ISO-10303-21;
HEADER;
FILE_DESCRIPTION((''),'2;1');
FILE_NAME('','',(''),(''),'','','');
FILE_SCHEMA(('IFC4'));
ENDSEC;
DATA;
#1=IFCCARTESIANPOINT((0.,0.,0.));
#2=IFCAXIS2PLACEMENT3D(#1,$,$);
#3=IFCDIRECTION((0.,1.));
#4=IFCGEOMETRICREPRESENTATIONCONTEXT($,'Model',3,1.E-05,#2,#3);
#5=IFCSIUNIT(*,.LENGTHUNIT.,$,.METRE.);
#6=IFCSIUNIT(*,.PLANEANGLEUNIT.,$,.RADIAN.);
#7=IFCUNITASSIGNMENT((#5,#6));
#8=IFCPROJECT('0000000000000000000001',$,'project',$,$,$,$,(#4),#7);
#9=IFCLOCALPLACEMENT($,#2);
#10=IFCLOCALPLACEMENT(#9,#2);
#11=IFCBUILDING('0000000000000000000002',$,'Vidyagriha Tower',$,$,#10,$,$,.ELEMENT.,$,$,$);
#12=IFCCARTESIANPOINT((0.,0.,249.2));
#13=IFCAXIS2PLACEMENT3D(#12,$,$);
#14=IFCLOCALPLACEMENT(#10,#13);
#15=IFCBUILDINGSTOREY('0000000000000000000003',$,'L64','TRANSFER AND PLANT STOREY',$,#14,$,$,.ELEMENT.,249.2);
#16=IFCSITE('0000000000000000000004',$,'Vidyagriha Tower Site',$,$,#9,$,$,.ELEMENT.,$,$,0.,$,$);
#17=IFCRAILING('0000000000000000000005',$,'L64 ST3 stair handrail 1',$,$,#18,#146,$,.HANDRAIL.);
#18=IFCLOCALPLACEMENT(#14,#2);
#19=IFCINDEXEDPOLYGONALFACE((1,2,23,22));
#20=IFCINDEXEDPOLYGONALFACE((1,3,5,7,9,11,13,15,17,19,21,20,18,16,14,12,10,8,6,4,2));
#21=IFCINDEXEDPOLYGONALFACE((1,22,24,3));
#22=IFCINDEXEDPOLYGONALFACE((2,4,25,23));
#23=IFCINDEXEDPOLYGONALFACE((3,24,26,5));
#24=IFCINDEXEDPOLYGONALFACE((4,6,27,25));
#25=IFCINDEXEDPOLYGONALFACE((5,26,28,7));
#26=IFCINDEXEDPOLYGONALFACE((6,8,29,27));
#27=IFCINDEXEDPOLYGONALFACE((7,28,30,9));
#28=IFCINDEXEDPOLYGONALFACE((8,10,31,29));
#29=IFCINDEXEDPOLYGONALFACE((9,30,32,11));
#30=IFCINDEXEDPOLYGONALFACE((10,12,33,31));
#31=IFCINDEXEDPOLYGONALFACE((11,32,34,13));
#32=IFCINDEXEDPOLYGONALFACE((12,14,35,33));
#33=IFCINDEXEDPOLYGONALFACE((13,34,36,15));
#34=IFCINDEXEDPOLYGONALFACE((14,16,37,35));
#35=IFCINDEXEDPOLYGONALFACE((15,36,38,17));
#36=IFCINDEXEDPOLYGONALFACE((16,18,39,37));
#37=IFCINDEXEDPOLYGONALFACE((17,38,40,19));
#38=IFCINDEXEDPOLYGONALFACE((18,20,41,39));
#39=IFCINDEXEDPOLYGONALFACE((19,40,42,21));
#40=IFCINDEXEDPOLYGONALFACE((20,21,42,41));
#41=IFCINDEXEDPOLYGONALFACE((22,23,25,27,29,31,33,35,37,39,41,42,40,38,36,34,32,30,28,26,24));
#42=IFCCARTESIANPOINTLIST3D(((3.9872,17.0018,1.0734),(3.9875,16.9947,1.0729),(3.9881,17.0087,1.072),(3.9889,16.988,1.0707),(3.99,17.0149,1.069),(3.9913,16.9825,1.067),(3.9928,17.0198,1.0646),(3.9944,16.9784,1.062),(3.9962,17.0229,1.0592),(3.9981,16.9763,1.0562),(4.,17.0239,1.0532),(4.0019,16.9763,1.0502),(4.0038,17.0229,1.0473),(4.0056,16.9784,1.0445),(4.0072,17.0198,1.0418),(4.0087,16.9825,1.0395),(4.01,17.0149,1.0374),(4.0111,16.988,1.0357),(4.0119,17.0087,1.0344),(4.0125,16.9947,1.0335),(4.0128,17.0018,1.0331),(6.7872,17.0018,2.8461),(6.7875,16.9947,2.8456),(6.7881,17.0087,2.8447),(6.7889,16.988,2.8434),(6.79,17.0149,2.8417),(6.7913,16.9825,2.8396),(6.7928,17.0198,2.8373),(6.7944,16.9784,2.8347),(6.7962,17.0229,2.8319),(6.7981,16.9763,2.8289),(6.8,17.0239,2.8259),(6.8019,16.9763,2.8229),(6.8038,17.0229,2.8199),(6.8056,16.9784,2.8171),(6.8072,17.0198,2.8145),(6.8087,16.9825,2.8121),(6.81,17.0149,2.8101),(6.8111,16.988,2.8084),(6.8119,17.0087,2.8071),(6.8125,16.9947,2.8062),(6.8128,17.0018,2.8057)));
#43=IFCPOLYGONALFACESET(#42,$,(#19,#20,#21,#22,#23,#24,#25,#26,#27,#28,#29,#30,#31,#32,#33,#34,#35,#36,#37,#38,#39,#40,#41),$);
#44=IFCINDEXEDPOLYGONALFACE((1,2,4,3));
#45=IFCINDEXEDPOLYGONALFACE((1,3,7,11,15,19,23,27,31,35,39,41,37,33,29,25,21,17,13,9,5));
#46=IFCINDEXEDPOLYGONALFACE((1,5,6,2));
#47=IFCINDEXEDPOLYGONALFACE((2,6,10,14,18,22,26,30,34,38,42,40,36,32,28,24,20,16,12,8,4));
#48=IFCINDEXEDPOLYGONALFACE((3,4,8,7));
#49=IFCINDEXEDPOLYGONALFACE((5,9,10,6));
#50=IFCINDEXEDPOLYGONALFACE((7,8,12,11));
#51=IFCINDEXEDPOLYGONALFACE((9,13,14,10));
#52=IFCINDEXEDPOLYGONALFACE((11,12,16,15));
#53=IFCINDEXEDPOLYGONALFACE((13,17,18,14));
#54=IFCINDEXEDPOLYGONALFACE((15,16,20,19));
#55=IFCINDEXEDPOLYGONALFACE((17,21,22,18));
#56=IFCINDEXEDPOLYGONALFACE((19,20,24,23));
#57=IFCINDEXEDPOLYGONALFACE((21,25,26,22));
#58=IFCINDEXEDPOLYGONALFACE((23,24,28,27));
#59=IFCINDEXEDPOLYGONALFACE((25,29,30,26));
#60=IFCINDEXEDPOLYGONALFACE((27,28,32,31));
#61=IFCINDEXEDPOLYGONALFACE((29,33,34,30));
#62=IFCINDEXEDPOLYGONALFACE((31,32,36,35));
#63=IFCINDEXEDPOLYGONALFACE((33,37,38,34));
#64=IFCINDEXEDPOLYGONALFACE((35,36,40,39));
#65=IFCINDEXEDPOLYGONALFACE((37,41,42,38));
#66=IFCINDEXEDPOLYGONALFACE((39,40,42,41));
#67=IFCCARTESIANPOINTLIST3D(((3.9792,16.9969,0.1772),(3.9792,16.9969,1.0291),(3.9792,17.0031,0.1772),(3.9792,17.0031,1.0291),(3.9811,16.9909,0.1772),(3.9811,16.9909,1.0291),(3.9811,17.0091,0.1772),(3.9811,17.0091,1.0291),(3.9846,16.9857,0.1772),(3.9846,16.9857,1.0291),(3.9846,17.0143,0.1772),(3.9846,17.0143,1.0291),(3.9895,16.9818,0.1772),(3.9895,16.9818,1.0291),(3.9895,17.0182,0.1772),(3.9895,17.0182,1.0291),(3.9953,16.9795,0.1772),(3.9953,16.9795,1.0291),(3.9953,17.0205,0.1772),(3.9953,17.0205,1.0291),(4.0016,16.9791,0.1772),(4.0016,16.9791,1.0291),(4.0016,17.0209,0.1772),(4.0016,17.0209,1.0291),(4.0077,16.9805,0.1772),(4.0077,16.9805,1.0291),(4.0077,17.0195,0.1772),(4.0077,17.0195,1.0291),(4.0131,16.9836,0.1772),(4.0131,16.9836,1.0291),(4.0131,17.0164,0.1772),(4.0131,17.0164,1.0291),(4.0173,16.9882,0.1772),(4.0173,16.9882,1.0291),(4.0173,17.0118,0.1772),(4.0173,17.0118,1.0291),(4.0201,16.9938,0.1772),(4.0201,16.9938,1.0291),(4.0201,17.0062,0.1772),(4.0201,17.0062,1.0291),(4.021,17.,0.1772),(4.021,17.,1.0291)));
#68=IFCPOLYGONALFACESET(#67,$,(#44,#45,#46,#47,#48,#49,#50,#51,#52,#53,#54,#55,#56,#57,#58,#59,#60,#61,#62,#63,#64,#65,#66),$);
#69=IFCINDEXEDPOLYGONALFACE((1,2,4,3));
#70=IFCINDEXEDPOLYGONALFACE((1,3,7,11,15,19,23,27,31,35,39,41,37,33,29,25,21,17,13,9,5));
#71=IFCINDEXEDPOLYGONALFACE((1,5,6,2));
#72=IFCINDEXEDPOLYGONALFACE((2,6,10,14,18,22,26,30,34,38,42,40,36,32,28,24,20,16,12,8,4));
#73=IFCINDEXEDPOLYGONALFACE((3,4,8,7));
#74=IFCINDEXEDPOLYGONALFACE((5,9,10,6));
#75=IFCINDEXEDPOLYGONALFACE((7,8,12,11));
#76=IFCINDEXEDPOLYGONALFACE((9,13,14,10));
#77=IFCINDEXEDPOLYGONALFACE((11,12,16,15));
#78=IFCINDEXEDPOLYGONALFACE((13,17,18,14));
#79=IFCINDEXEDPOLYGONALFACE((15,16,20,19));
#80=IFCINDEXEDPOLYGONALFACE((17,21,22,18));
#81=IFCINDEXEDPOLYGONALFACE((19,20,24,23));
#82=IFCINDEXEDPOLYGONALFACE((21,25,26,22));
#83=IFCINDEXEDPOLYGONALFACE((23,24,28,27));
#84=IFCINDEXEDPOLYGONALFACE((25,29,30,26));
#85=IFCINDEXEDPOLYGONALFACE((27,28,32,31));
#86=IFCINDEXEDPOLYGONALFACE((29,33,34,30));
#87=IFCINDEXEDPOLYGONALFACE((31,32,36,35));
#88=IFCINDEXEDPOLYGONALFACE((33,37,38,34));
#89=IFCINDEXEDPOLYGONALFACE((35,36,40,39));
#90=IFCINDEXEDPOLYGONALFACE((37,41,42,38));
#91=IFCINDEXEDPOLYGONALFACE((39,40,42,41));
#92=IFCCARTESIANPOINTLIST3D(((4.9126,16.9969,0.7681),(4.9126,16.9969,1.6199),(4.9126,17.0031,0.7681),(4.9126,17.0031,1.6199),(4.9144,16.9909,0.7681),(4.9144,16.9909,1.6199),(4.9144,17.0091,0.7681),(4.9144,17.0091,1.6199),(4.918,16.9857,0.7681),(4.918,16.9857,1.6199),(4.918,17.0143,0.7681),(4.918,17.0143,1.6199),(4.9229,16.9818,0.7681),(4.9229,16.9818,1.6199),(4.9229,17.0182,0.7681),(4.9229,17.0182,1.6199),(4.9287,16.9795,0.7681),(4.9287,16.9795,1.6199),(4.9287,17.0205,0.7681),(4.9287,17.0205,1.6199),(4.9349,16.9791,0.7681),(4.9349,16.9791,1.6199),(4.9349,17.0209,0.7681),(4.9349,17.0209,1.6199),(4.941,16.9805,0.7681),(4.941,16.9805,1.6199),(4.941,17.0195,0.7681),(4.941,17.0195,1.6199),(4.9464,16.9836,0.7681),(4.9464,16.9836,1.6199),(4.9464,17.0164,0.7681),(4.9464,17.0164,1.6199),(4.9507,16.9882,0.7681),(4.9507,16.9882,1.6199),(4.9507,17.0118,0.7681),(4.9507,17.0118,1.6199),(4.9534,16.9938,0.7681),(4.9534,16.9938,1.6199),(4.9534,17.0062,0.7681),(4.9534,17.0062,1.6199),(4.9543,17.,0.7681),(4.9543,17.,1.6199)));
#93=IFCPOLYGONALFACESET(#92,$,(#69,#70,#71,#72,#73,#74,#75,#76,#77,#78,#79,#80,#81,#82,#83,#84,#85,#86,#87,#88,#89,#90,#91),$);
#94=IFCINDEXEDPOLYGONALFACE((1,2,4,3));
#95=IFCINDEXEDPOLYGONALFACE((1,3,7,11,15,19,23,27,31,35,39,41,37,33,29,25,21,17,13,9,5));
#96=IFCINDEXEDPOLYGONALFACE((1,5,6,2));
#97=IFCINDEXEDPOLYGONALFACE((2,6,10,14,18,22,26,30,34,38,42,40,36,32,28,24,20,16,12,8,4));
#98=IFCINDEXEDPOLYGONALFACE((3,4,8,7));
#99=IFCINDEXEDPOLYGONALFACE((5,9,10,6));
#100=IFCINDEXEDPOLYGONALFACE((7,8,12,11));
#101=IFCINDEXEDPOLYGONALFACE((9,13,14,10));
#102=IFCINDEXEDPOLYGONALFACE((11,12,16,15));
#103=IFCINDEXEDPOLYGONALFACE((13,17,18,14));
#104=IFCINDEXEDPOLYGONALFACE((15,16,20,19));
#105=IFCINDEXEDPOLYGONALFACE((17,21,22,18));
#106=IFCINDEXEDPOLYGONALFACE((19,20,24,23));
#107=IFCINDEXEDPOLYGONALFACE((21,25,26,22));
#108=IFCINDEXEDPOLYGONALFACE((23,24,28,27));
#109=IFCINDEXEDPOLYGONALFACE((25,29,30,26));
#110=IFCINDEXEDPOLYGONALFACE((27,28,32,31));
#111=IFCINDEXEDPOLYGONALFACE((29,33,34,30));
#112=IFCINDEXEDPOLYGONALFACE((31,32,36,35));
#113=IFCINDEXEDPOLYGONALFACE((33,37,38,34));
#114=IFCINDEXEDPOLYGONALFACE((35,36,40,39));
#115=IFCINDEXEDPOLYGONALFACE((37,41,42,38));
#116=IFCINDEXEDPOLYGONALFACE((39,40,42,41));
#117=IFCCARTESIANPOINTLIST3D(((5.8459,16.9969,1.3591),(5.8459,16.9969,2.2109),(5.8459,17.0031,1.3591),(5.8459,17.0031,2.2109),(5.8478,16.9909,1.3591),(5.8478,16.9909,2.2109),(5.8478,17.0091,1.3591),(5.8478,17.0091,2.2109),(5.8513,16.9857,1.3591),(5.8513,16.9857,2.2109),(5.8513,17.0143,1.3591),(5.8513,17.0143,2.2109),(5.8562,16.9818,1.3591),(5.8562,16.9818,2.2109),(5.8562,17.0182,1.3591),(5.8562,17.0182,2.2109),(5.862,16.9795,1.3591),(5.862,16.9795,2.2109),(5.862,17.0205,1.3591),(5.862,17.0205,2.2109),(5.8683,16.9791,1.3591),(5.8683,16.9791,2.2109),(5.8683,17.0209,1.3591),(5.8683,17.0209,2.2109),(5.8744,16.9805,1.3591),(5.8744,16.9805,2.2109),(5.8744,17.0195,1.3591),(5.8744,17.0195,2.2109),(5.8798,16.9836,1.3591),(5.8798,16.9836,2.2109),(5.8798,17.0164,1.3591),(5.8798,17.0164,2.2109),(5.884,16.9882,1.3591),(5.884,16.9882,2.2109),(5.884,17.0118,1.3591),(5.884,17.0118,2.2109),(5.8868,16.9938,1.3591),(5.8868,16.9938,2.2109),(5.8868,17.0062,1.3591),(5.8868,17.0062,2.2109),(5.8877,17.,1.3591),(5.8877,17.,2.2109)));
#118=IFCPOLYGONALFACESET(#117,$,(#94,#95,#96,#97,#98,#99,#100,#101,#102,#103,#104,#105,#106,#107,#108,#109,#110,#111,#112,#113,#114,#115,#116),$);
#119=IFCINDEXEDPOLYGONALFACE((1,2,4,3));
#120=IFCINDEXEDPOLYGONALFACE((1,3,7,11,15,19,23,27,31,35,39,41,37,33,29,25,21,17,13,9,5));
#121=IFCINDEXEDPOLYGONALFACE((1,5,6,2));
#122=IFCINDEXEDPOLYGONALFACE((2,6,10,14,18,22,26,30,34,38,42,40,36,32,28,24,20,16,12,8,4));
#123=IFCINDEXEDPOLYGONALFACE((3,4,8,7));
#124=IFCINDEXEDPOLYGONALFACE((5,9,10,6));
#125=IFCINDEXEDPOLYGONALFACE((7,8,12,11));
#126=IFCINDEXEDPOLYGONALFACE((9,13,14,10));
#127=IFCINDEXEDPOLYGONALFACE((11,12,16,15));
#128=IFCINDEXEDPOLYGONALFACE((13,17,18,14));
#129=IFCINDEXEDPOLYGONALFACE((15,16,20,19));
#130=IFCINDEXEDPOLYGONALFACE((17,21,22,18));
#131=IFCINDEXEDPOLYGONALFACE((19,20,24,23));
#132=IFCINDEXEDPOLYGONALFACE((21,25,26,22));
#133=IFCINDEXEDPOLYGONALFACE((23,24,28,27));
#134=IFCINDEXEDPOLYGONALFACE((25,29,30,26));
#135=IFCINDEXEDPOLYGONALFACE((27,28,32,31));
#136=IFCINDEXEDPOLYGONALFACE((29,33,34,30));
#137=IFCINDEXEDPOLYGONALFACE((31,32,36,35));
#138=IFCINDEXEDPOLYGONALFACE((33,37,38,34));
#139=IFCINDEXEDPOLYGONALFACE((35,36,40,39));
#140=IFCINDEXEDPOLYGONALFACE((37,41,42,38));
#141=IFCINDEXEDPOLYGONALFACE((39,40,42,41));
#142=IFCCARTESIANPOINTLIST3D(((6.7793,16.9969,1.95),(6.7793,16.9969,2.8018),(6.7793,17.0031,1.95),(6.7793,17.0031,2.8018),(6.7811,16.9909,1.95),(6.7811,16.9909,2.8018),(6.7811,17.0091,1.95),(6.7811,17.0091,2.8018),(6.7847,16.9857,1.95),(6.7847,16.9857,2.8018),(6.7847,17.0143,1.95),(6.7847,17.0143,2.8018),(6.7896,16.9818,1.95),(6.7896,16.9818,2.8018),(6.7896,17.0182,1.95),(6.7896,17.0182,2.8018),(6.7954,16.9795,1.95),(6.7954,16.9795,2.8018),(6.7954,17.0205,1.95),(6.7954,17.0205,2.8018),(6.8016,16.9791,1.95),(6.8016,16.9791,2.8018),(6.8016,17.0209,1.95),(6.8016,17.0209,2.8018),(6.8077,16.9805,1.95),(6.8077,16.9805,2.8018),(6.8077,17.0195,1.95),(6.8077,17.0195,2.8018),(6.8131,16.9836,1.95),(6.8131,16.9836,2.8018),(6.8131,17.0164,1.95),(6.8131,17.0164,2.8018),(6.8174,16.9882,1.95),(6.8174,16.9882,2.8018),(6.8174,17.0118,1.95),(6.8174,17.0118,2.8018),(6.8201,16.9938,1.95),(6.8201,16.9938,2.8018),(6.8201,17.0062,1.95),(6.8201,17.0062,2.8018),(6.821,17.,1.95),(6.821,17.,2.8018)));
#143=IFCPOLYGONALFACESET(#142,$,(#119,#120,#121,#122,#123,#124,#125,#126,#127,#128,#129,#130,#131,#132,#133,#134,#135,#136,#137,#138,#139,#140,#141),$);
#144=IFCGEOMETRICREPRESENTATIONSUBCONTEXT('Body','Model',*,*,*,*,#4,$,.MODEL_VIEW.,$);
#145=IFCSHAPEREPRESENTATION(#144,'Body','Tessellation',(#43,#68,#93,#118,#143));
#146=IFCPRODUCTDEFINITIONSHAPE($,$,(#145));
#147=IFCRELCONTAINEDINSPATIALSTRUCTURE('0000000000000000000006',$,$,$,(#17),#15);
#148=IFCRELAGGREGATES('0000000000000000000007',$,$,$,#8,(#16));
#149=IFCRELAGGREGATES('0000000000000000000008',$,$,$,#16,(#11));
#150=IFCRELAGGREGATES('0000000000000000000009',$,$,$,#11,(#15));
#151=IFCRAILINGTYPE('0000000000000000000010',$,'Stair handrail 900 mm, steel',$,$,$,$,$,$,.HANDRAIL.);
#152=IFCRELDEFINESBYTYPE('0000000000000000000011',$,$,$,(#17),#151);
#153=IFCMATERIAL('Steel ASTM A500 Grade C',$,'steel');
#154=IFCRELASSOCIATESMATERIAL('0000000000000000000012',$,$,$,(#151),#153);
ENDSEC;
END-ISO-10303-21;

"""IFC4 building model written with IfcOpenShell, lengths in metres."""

from ifc_helpers import new_model, si_unit, direction, frame, origin, origin_2d, place, context, subcontext, project, spatial, circle, extrude, material, type_object, element, save


model = new_model("IFC4")

# Units and contexts
model_context = context("Model", 3, precision=1e-05, world=origin(), true_north=direction((0.0, 1.0)))
body_context = subcontext(model_context, "Body", "Model", "MODEL_VIEW")
ifc_project = project(units=[si_unit("LENGTHUNIT", "METRE"), si_unit("PLANEANGLEUNIT", "RADIAN")], contexts=[model_context])

# Site, building, storey
site_placement = place(None, origin())
site = spatial("IfcSite", under=ifc_project, at=site_placement, Name="Vidyagriha Tower Site", CompositionType="ELEMENT", RefElevation=0.0)
building_placement = place(site_placement, origin())
building = spatial("IfcBuilding", under=site, at=building_placement, Name="Vidyagriha Tower", CompositionType="ELEMENT")
storey_placement = place(building_placement, frame((0.0, 0.0, 249.2)))
storey = spatial("IfcBuildingStorey", under=building, at=storey_placement, Name="L64", Description="TRANSFER AND PLANT STOREY", CompositionType="ELEMENT", Elevation=249.2)

# Railing
ifc_material_1 = material(Name="Steel ASTM A500 Grade C", Category="steel")
railing_type = type_object("IfcRailingType", Name="Stair handrail 900 mm, steel", PredefinedType="HANDRAIL", material=ifc_material_1)
for number, where, name in (
    (1, (4.0, 17.0, 0.1772), "L64 ST3 stair handrail 1"),
):
    element("IfcRailing", number, at=place(storey_placement, frame(where)), inside=storey, type_object=railing_type, Name=name, PredefinedType="HANDRAIL", context=body_context, shape_type="SweptSolid", body=[
        extrude(circle(Radius=0.0239, at=origin_2d()), frame((0.0, 0.0, 0.876), z_axis=(0.844909, 0.0, 0.53491), x_axis=(0.0, 1.0, 0.0)), (0.0, 0.0, 1.0), 3.314),
        extrude(circle(Radius=0.021, at=origin_2d()), origin(), (0.0, 0.0, 1.0), 0.8518),
        extrude(circle(Radius=0.021, at=origin_2d()), frame((0.9333, 0.0, 0.5908)), (0.0, 0.0, 1.0), 0.8518),
        extrude(circle(Radius=0.021, at=origin_2d()), frame((1.8667, 0.0, 1.1819)), (0.0, 0.0, 1.0), 0.8518),
        extrude(circle(Radius=0.021, at=origin_2d()), frame((2.8, 0.0, 1.7727)), (0.0, 0.0, 1.0), 0.8518),
    ])

save(model, "model.ifc")
